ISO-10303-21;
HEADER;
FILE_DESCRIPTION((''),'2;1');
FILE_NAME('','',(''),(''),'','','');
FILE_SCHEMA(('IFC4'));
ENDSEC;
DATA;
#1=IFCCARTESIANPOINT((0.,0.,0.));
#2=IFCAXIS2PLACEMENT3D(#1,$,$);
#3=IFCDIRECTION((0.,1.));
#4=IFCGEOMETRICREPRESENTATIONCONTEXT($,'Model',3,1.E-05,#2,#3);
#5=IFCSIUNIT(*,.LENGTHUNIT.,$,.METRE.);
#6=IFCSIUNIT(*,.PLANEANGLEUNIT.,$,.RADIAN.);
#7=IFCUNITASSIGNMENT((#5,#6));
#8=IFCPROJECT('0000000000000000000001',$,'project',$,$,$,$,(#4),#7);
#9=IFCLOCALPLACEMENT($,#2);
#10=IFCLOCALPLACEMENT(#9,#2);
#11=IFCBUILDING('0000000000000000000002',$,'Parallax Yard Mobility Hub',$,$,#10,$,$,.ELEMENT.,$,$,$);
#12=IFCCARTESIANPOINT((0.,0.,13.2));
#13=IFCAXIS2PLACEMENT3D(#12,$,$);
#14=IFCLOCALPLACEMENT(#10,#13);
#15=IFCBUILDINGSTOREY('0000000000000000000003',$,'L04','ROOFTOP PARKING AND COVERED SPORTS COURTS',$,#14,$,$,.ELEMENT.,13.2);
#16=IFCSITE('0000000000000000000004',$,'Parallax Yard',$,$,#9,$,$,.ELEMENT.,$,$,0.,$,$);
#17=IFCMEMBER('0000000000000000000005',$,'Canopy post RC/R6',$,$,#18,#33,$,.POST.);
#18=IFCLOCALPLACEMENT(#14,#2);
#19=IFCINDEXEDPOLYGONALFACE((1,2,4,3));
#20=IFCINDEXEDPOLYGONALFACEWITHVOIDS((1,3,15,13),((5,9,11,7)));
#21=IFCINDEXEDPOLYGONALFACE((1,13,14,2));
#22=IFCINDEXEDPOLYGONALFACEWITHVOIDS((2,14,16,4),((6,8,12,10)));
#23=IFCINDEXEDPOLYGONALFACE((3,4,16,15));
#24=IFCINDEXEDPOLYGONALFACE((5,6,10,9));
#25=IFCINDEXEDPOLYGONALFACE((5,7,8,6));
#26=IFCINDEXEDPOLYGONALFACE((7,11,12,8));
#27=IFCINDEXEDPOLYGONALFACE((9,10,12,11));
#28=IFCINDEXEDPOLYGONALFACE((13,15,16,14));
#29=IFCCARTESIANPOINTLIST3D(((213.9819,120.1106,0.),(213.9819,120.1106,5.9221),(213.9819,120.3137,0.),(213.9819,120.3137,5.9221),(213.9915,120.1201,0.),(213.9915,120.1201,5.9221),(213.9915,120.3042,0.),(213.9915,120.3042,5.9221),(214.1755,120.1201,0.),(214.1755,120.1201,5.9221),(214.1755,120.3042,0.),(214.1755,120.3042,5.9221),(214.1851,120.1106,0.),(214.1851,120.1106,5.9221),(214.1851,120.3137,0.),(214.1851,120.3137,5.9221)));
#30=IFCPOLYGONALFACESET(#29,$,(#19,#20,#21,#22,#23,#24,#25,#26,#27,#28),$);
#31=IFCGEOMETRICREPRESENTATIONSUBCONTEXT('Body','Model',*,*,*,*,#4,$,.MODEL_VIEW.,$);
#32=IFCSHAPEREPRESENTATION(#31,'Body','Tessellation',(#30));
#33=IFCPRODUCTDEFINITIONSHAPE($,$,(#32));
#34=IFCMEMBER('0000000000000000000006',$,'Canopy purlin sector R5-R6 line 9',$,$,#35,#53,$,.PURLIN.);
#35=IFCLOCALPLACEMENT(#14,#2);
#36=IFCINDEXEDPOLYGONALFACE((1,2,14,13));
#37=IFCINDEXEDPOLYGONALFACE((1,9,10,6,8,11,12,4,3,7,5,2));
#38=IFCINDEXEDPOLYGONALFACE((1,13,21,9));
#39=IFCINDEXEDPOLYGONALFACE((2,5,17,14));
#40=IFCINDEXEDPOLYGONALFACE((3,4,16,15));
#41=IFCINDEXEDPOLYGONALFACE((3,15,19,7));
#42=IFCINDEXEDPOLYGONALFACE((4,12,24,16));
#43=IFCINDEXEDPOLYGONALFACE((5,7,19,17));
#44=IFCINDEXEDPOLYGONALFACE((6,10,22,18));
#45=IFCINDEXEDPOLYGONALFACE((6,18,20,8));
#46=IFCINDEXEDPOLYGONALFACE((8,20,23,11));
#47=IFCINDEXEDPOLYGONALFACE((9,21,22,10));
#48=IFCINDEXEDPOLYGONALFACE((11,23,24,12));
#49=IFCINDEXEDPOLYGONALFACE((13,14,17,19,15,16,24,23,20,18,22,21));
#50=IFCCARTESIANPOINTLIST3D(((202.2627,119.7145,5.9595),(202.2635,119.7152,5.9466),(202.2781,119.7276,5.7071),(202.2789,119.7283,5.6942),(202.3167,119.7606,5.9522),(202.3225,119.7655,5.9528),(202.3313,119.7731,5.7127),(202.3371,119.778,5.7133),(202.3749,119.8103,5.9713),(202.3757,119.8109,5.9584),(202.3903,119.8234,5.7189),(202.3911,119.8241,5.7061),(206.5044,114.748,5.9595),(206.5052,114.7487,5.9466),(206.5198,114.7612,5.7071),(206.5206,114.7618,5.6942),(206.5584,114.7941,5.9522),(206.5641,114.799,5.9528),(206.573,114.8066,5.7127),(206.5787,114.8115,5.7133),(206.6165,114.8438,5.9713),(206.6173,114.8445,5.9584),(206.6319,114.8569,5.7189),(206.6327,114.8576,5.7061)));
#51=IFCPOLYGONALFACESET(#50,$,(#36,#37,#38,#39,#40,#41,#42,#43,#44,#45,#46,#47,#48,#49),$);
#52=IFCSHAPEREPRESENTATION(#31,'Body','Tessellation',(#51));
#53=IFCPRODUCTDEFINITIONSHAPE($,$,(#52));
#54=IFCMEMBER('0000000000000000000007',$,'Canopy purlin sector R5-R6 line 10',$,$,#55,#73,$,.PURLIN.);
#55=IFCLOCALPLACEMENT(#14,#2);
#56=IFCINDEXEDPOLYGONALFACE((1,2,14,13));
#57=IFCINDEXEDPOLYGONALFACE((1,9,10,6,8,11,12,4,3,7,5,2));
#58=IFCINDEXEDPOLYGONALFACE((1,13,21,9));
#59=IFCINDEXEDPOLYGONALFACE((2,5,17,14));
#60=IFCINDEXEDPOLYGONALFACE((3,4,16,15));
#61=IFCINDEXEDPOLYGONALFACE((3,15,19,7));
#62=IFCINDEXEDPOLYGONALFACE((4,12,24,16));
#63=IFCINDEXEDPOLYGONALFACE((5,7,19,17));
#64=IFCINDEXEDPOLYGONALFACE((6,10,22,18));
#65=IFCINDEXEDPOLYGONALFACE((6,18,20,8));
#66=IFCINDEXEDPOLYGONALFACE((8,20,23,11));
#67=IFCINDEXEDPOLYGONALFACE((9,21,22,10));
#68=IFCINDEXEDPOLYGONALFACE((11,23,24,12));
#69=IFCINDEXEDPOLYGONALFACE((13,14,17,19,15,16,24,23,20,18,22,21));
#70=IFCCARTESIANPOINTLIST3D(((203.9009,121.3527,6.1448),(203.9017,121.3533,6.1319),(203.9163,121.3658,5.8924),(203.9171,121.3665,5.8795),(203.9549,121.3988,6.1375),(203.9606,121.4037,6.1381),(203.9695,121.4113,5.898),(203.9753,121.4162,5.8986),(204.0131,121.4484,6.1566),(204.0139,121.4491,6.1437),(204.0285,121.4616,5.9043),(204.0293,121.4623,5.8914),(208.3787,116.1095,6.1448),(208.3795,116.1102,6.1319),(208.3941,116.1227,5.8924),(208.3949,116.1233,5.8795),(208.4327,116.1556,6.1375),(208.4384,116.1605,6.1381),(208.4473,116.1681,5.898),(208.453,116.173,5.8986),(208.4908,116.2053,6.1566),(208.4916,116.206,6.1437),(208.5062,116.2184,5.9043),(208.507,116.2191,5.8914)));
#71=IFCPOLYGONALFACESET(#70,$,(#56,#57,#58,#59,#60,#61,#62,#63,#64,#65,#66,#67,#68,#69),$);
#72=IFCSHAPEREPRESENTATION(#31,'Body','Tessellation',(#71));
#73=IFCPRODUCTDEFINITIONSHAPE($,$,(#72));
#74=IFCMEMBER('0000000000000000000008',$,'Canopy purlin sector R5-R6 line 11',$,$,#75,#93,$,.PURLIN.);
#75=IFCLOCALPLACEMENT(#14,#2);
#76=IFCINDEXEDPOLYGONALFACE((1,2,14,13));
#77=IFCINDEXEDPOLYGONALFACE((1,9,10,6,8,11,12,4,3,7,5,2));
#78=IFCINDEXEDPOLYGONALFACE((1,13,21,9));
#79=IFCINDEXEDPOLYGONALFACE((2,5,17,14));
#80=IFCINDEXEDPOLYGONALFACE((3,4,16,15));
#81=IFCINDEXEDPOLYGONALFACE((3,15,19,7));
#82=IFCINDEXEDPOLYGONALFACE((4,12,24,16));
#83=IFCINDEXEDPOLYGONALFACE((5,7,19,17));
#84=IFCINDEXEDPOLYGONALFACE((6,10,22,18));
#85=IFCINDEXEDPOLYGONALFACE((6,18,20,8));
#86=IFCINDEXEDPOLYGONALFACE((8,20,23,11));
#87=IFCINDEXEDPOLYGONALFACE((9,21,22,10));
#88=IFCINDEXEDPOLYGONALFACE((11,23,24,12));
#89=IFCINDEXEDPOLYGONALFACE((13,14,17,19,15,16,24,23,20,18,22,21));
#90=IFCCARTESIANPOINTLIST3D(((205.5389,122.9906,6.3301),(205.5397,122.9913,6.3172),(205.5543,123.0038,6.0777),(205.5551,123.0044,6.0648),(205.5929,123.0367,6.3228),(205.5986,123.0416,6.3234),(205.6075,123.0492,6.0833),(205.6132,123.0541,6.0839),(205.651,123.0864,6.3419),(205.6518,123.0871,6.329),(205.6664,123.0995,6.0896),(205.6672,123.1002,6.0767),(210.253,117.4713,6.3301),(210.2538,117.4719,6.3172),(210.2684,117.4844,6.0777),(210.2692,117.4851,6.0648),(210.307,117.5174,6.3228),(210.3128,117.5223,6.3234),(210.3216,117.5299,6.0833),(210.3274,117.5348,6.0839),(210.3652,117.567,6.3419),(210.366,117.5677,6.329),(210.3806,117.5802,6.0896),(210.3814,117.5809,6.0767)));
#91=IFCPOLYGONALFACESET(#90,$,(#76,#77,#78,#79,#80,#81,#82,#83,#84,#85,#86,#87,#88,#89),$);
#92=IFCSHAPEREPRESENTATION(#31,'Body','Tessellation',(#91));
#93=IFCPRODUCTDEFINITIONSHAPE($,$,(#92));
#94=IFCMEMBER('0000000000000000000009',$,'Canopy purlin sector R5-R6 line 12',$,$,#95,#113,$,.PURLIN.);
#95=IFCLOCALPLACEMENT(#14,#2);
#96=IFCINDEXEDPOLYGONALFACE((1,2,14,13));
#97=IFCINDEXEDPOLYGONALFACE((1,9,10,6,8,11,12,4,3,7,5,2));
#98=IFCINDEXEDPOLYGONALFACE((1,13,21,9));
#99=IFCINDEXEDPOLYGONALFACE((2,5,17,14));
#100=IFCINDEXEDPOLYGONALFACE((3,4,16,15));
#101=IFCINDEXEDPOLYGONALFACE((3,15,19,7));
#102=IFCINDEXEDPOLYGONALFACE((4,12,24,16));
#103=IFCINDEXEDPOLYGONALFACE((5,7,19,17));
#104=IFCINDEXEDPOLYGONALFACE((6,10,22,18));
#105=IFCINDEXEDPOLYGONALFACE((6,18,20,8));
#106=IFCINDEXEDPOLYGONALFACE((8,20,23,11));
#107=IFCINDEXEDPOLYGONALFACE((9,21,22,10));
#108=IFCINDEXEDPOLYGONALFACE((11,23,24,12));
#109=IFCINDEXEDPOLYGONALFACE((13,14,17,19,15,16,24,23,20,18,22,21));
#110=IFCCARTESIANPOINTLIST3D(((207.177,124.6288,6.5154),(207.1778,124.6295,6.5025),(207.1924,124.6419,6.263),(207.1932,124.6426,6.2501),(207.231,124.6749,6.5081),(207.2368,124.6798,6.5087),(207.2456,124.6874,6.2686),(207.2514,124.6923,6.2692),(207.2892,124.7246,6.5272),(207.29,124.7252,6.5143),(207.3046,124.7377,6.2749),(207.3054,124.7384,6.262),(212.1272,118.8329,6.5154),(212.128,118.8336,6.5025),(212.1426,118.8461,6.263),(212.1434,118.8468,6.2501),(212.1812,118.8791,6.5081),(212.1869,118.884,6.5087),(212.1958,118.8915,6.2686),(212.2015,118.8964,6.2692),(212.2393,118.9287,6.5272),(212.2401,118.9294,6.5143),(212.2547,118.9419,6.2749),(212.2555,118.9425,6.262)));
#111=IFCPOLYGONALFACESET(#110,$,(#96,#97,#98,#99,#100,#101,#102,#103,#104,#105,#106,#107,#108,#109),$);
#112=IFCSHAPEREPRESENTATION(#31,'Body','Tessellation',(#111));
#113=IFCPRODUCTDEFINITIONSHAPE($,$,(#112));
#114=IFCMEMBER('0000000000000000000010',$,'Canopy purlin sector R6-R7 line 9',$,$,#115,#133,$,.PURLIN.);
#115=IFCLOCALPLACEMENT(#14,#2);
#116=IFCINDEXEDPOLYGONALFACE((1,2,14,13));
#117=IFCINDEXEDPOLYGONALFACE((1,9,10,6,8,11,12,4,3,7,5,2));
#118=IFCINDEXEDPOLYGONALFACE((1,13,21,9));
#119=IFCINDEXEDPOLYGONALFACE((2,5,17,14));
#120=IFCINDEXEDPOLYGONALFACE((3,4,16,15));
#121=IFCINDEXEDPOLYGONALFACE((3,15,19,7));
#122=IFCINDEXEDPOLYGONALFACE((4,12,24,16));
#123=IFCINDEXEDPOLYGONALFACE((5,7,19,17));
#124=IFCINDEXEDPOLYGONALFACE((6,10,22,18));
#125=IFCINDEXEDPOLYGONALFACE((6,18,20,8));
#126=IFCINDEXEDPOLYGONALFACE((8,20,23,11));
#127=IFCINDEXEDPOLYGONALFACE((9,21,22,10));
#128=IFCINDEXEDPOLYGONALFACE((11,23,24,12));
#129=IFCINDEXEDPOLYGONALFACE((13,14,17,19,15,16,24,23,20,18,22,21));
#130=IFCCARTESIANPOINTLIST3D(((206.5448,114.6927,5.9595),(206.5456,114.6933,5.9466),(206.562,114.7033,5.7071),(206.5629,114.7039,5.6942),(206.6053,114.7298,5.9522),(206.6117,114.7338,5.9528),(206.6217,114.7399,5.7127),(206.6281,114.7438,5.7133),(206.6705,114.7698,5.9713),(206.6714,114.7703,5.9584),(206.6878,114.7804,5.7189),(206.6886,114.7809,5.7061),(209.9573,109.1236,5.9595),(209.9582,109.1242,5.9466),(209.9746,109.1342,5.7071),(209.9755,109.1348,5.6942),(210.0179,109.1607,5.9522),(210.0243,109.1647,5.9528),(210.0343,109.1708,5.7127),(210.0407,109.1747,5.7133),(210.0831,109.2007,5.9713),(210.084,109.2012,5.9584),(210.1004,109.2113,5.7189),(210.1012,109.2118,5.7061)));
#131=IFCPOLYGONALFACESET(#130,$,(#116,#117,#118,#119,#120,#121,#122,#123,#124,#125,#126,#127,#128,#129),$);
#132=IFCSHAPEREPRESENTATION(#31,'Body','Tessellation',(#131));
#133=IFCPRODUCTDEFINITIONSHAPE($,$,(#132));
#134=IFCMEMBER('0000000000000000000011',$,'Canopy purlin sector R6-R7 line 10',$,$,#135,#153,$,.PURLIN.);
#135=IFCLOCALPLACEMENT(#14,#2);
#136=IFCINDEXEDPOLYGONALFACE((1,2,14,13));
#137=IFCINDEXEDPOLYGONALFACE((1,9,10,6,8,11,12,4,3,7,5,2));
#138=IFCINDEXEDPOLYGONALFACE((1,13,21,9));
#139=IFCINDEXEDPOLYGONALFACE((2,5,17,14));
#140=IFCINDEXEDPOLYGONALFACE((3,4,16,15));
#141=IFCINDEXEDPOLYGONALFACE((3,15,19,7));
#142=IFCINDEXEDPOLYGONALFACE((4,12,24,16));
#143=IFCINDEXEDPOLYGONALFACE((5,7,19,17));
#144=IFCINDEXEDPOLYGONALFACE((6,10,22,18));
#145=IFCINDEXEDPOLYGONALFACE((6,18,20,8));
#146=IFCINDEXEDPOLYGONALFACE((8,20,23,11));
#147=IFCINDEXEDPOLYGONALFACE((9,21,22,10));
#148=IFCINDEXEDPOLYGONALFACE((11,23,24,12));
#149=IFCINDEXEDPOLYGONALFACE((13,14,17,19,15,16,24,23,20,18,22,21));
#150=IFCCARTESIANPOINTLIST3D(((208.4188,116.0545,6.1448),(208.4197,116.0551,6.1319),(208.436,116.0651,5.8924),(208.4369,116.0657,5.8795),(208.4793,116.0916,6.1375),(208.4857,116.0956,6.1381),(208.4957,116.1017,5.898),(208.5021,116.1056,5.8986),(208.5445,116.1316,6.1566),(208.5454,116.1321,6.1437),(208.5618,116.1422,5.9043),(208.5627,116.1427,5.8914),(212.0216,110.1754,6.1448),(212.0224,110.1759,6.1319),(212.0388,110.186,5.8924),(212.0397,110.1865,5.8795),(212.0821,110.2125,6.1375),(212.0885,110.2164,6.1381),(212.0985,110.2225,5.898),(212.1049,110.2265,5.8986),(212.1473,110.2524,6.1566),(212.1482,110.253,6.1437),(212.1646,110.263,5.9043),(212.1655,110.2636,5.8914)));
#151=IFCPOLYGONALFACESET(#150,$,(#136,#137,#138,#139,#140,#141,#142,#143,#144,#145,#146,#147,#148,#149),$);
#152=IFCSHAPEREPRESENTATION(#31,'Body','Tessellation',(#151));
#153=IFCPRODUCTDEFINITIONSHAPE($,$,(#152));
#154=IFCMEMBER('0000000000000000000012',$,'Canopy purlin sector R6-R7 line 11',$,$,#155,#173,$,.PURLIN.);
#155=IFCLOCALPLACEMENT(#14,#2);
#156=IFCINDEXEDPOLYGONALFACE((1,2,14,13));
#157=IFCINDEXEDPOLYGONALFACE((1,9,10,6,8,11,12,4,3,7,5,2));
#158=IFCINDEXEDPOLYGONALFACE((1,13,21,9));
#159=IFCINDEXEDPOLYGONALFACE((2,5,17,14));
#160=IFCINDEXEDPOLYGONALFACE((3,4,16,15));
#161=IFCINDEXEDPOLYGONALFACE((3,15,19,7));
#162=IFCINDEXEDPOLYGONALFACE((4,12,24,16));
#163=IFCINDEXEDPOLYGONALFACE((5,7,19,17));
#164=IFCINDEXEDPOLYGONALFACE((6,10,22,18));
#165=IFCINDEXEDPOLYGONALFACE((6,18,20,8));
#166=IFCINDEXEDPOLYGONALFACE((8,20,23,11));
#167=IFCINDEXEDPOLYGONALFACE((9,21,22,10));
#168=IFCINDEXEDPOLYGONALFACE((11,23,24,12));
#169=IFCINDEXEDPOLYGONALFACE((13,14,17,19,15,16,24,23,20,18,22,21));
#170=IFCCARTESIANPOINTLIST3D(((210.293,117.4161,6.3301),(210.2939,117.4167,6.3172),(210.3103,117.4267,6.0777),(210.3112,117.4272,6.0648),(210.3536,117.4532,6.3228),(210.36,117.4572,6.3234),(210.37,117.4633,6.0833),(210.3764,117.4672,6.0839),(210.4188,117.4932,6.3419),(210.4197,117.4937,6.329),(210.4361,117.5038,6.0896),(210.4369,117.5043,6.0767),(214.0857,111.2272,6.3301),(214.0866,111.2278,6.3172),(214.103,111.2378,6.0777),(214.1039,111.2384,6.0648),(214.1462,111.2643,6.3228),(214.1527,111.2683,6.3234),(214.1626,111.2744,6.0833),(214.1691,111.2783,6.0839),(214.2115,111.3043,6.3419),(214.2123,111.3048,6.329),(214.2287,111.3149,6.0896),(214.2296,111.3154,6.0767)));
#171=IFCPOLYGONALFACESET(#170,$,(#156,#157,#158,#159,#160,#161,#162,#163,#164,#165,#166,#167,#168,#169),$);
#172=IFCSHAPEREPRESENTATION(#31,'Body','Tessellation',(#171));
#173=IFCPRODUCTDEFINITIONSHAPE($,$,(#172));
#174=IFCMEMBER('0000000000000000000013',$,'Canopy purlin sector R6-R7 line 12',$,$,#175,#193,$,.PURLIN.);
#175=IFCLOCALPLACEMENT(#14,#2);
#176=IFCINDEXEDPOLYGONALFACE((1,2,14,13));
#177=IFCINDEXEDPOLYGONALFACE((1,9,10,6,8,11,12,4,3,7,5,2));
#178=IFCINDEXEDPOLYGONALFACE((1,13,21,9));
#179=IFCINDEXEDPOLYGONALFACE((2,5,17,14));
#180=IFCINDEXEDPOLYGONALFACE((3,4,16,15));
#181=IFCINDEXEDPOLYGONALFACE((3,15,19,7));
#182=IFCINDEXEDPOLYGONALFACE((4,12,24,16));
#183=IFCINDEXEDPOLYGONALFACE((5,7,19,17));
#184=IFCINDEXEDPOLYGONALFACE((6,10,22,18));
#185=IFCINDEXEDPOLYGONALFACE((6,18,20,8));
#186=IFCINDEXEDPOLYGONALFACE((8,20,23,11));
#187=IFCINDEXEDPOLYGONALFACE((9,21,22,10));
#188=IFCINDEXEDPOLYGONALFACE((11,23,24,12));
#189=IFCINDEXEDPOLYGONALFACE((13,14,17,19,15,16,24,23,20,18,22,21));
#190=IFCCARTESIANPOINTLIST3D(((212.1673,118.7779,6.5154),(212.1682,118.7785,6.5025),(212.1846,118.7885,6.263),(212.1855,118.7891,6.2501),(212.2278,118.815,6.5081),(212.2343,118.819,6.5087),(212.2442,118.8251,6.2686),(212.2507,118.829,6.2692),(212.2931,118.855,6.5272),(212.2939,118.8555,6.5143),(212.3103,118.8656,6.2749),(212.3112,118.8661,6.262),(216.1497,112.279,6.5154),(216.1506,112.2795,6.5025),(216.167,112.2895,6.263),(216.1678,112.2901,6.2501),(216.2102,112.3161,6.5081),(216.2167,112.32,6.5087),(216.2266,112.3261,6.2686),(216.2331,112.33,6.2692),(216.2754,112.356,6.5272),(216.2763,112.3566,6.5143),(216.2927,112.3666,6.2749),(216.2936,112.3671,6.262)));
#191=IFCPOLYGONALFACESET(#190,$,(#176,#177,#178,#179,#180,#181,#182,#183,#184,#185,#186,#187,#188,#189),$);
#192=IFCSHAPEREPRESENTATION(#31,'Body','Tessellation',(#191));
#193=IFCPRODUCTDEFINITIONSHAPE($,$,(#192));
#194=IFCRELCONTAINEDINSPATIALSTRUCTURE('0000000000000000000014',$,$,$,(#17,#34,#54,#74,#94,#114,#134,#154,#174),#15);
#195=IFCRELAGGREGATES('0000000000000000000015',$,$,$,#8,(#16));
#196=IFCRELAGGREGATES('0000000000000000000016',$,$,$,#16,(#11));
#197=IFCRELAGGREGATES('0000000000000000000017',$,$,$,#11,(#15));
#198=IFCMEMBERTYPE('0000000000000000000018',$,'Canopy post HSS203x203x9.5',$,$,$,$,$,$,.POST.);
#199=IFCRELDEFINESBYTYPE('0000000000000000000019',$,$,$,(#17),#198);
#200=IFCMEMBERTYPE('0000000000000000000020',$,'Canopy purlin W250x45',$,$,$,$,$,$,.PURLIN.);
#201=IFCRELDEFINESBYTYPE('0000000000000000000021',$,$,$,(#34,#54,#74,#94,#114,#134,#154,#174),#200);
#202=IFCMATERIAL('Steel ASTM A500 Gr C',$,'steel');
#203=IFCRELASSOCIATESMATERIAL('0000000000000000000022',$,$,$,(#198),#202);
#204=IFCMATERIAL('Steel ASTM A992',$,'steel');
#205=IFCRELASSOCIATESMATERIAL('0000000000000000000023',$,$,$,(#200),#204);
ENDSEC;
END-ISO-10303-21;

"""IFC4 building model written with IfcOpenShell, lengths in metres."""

from ifc_helpers import new_model, si_unit, direction, frame, origin, origin_2d, place, context, subcontext, project, spatial, hollow_rectangle, i_section, extrude, material, material_profile, profile_set, type_object, element, save


model = new_model("IFC4")

# Units and contexts
model_context = context("Model", 3, precision=1e-05, world=origin(), true_north=direction((0.0, 1.0)))
body_context = subcontext(model_context, "Body", "Model", "MODEL_VIEW")
ifc_project = project(units=[si_unit("LENGTHUNIT", "METRE"), si_unit("PLANEANGLEUNIT", "RADIAN")], contexts=[model_context])

# Site, building, storey
site_placement = place(None, origin())
site = spatial("IfcSite", under=ifc_project, at=site_placement, Name="Parallax Yard", CompositionType="ELEMENT", RefElevation=0.0)
building_placement = place(site_placement, origin())
building = spatial("IfcBuilding", under=site, at=building_placement, Name="Parallax Yard Mobility Hub", CompositionType="ELEMENT")
storey_placement = place(building_placement, frame((0.0, 0.0, 13.2)))
storey = spatial("IfcBuildingStorey", under=building, at=storey_placement, Name="L04", Description="ROOFTOP PARKING AND COVERED SPORTS COURTS", CompositionType="ELEMENT", Elevation=13.2)

# Members
ifc_material_1 = material(Name="Steel ASTM A500 Gr C", Category="steel")
ifc_material_profile_1 = material_profile(ifc_material_1, hollow_rectangle(XDim=0.2031, YDim=0.2031, WallThickness=0.0095, at=origin_2d()), Name="HSS203x203x9.5")
ifc_profile_set_1 = profile_set([ifc_material_profile_1], Name="Steel ASTM A500 Gr C")
member_type_1 = type_object("IfcMemberType", Name="Canopy post HSS203x203x9.5", PredefinedType="POST", material=ifc_profile_set_1)
member_1_placement = place(storey_placement, frame((214.0835, 120.2122, 0.0), z_axis=(0.0, 0.0, 1.0), x_axis=(1.0, 0.0, 0.0)))
element("IfcMember", 1, at=member_1_placement, inside=storey, type_object=member_type_1, Name="Canopy post RC/R6", PredefinedType="POST", context=body_context, shape_type="SweptSolid", body=[
    extrude(hollow_rectangle(XDim=0.2031, YDim=0.2031, WallThickness=0.0095, at=origin_2d()), origin(), (0.0, 0.0, 1.0), 5.9221),
])
ifc_material_2 = material(Name="Steel ASTM A992", Category="steel")
ifc_material_profile_2 = material_profile(ifc_material_2, i_section(OverallWidth=0.1479, OverallDepth=0.2661, WebThickness=0.0076, FlangeThickness=0.0129, at=origin_2d()), Name="W250x45")
ifc_profile_set_2 = profile_set([ifc_material_profile_2], Name="Steel ASTM A992")
member_type_2 = type_object("IfcMemberType", Name="Canopy purlin W250x45", PredefinedType="PURLIN", material=ifc_profile_set_2)
member_2_placement = place(storey_placement, frame((202.3269, 119.7693, 5.8328), z_axis=(0.649436, -0.760416, 0.0), x_axis=(0.75798, 0.647355, 0.07999)))
element("IfcMember", 2, at=member_2_placement, inside=storey, type_object=member_type_2, Name="Canopy purlin sector R5-R6 line 9", PredefinedType="PURLIN", context=body_context, shape_type="SweptSolid", body=[
    extrude(i_section(OverallWidth=0.1479, OverallDepth=0.2661, WebThickness=0.0076, FlangeThickness=0.0129, at=origin_2d()), origin(), (0.0, 0.0, 1.0), 6.5312),
])
member_3_placement = place(storey_placement, frame((203.9651, 121.4075, 6.0181), z_axis=(0.649423, -0.760428, 0.0), x_axis=(0.757991, 0.647342, 0.07999)))
element("IfcMember", 3, at=member_3_placement, inside=storey, type_object=member_type_2, Name="Canopy purlin sector R5-R6 line 10", PredefinedType="PURLIN", context=body_context, shape_type="SweptSolid", body=[
    extrude(i_section(OverallWidth=0.1479, OverallDepth=0.2661, WebThickness=0.0076, FlangeThickness=0.0129, at=origin_2d()), origin(), (0.0, 0.0, 1.0), 6.895),
])
member_4_placement = place(storey_placement, frame((205.603, 123.0454, 6.2034), z_axis=(0.649464, -0.760393, 0.0), x_axis=(0.757956, 0.647382, 0.07999)))
element("IfcMember", 4, at=member_4_placement, inside=storey, type_object=member_type_2, Name="Canopy purlin sector R5-R6 line 11", PredefinedType="PURLIN", context=body_context, shape_type="SweptSolid", body=[
    extrude(i_section(OverallWidth=0.1479, OverallDepth=0.2661, WebThickness=0.0076, FlangeThickness=0.0129, at=origin_2d()), origin(), (0.0, 0.0, 1.0), 7.2585),
])
member_5_placement = place(storey_placement, frame((207.2412, 124.6836, 6.3887), z_axis=(0.64945, -0.760404, 0.0), x_axis=(0.757967, 0.647369, 0.07999)))
element("IfcMember", 5, at=member_5_placement, inside=storey, type_object=member_type_2, Name="Canopy purlin sector R5-R6 line 12", PredefinedType="PURLIN", context=body_context, shape_type="SweptSolid", body=[
    extrude(i_section(OverallWidth=0.1479, OverallDepth=0.2661, WebThickness=0.0076, FlangeThickness=0.0129, at=origin_2d()), origin(), (0.0, 0.0, 1.0), 7.6221),
])
member_6_placement = place(storey_placement, frame((206.6167, 114.7368, 5.8328), z_axis=(0.522482, -0.85265, 0.0), x_axis=(0.849918, 0.520808, 0.07999)))
element("IfcMember", 6, at=member_6_placement, inside=storey, type_object=member_type_2, Name="Canopy purlin sector R6-R7 line 9", PredefinedType="PURLIN", context=body_context, shape_type="SweptSolid", body=[
    extrude(i_section(OverallWidth=0.1479, OverallDepth=0.2661, WebThickness=0.0076, FlangeThickness=0.0129, at=origin_2d()), origin(), (0.0, 0.0, 1.0), 6.5315),
])
member_7_placement = place(storey_placement, frame((208.4907, 116.0986, 6.0181), z_axis=(0.522502, -0.852638, 0.0), x_axis=(0.849906, 0.520828, 0.07999)))
element("IfcMember", 7, at=member_7_placement, inside=storey, type_object=member_type_2, Name="Canopy purlin sector R6-R7 line 10", PredefinedType="PURLIN", context=body_context, shape_type="SweptSolid", body=[
    extrude(i_section(OverallWidth=0.1479, OverallDepth=0.2661, WebThickness=0.0076, FlangeThickness=0.0129, at=origin_2d()), origin(), (0.0, 0.0, 1.0), 6.8953),
])
member_8_placement = place(storey_placement, frame((210.365, 117.4602, 6.2034), z_axis=(0.522511, -0.852633, 0.0), x_axis=(0.849901, 0.520836, 0.07999)))
element("IfcMember", 8, at=member_8_placement, inside=storey, type_object=member_type_2, Name="Canopy purlin sector R6-R7 line 11", PredefinedType="PURLIN", context=body_context, shape_type="SweptSolid", body=[
    extrude(i_section(OverallWidth=0.1479, OverallDepth=0.2661, WebThickness=0.0076, FlangeThickness=0.0129, at=origin_2d()), origin(), (0.0, 0.0, 1.0), 7.2585),
])
member_9_placement = place(storey_placement, frame((212.2393, 118.822, 6.3887), z_axis=(0.522481, -0.852651, 0.0), x_axis=(0.849919, 0.520807, 0.07999)))
element("IfcMember", 9, at=member_9_placement, inside=storey, type_object=member_type_2, Name="Canopy purlin sector R6-R7 line 12", PredefinedType="PURLIN", context=body_context, shape_type="SweptSolid", body=[
    extrude(i_section(OverallWidth=0.1479, OverallDepth=0.2661, WebThickness=0.0076, FlangeThickness=0.0129, at=origin_2d()), origin(), (0.0, 0.0, 1.0), 7.6221),
])

save(model, "model.ifc")
